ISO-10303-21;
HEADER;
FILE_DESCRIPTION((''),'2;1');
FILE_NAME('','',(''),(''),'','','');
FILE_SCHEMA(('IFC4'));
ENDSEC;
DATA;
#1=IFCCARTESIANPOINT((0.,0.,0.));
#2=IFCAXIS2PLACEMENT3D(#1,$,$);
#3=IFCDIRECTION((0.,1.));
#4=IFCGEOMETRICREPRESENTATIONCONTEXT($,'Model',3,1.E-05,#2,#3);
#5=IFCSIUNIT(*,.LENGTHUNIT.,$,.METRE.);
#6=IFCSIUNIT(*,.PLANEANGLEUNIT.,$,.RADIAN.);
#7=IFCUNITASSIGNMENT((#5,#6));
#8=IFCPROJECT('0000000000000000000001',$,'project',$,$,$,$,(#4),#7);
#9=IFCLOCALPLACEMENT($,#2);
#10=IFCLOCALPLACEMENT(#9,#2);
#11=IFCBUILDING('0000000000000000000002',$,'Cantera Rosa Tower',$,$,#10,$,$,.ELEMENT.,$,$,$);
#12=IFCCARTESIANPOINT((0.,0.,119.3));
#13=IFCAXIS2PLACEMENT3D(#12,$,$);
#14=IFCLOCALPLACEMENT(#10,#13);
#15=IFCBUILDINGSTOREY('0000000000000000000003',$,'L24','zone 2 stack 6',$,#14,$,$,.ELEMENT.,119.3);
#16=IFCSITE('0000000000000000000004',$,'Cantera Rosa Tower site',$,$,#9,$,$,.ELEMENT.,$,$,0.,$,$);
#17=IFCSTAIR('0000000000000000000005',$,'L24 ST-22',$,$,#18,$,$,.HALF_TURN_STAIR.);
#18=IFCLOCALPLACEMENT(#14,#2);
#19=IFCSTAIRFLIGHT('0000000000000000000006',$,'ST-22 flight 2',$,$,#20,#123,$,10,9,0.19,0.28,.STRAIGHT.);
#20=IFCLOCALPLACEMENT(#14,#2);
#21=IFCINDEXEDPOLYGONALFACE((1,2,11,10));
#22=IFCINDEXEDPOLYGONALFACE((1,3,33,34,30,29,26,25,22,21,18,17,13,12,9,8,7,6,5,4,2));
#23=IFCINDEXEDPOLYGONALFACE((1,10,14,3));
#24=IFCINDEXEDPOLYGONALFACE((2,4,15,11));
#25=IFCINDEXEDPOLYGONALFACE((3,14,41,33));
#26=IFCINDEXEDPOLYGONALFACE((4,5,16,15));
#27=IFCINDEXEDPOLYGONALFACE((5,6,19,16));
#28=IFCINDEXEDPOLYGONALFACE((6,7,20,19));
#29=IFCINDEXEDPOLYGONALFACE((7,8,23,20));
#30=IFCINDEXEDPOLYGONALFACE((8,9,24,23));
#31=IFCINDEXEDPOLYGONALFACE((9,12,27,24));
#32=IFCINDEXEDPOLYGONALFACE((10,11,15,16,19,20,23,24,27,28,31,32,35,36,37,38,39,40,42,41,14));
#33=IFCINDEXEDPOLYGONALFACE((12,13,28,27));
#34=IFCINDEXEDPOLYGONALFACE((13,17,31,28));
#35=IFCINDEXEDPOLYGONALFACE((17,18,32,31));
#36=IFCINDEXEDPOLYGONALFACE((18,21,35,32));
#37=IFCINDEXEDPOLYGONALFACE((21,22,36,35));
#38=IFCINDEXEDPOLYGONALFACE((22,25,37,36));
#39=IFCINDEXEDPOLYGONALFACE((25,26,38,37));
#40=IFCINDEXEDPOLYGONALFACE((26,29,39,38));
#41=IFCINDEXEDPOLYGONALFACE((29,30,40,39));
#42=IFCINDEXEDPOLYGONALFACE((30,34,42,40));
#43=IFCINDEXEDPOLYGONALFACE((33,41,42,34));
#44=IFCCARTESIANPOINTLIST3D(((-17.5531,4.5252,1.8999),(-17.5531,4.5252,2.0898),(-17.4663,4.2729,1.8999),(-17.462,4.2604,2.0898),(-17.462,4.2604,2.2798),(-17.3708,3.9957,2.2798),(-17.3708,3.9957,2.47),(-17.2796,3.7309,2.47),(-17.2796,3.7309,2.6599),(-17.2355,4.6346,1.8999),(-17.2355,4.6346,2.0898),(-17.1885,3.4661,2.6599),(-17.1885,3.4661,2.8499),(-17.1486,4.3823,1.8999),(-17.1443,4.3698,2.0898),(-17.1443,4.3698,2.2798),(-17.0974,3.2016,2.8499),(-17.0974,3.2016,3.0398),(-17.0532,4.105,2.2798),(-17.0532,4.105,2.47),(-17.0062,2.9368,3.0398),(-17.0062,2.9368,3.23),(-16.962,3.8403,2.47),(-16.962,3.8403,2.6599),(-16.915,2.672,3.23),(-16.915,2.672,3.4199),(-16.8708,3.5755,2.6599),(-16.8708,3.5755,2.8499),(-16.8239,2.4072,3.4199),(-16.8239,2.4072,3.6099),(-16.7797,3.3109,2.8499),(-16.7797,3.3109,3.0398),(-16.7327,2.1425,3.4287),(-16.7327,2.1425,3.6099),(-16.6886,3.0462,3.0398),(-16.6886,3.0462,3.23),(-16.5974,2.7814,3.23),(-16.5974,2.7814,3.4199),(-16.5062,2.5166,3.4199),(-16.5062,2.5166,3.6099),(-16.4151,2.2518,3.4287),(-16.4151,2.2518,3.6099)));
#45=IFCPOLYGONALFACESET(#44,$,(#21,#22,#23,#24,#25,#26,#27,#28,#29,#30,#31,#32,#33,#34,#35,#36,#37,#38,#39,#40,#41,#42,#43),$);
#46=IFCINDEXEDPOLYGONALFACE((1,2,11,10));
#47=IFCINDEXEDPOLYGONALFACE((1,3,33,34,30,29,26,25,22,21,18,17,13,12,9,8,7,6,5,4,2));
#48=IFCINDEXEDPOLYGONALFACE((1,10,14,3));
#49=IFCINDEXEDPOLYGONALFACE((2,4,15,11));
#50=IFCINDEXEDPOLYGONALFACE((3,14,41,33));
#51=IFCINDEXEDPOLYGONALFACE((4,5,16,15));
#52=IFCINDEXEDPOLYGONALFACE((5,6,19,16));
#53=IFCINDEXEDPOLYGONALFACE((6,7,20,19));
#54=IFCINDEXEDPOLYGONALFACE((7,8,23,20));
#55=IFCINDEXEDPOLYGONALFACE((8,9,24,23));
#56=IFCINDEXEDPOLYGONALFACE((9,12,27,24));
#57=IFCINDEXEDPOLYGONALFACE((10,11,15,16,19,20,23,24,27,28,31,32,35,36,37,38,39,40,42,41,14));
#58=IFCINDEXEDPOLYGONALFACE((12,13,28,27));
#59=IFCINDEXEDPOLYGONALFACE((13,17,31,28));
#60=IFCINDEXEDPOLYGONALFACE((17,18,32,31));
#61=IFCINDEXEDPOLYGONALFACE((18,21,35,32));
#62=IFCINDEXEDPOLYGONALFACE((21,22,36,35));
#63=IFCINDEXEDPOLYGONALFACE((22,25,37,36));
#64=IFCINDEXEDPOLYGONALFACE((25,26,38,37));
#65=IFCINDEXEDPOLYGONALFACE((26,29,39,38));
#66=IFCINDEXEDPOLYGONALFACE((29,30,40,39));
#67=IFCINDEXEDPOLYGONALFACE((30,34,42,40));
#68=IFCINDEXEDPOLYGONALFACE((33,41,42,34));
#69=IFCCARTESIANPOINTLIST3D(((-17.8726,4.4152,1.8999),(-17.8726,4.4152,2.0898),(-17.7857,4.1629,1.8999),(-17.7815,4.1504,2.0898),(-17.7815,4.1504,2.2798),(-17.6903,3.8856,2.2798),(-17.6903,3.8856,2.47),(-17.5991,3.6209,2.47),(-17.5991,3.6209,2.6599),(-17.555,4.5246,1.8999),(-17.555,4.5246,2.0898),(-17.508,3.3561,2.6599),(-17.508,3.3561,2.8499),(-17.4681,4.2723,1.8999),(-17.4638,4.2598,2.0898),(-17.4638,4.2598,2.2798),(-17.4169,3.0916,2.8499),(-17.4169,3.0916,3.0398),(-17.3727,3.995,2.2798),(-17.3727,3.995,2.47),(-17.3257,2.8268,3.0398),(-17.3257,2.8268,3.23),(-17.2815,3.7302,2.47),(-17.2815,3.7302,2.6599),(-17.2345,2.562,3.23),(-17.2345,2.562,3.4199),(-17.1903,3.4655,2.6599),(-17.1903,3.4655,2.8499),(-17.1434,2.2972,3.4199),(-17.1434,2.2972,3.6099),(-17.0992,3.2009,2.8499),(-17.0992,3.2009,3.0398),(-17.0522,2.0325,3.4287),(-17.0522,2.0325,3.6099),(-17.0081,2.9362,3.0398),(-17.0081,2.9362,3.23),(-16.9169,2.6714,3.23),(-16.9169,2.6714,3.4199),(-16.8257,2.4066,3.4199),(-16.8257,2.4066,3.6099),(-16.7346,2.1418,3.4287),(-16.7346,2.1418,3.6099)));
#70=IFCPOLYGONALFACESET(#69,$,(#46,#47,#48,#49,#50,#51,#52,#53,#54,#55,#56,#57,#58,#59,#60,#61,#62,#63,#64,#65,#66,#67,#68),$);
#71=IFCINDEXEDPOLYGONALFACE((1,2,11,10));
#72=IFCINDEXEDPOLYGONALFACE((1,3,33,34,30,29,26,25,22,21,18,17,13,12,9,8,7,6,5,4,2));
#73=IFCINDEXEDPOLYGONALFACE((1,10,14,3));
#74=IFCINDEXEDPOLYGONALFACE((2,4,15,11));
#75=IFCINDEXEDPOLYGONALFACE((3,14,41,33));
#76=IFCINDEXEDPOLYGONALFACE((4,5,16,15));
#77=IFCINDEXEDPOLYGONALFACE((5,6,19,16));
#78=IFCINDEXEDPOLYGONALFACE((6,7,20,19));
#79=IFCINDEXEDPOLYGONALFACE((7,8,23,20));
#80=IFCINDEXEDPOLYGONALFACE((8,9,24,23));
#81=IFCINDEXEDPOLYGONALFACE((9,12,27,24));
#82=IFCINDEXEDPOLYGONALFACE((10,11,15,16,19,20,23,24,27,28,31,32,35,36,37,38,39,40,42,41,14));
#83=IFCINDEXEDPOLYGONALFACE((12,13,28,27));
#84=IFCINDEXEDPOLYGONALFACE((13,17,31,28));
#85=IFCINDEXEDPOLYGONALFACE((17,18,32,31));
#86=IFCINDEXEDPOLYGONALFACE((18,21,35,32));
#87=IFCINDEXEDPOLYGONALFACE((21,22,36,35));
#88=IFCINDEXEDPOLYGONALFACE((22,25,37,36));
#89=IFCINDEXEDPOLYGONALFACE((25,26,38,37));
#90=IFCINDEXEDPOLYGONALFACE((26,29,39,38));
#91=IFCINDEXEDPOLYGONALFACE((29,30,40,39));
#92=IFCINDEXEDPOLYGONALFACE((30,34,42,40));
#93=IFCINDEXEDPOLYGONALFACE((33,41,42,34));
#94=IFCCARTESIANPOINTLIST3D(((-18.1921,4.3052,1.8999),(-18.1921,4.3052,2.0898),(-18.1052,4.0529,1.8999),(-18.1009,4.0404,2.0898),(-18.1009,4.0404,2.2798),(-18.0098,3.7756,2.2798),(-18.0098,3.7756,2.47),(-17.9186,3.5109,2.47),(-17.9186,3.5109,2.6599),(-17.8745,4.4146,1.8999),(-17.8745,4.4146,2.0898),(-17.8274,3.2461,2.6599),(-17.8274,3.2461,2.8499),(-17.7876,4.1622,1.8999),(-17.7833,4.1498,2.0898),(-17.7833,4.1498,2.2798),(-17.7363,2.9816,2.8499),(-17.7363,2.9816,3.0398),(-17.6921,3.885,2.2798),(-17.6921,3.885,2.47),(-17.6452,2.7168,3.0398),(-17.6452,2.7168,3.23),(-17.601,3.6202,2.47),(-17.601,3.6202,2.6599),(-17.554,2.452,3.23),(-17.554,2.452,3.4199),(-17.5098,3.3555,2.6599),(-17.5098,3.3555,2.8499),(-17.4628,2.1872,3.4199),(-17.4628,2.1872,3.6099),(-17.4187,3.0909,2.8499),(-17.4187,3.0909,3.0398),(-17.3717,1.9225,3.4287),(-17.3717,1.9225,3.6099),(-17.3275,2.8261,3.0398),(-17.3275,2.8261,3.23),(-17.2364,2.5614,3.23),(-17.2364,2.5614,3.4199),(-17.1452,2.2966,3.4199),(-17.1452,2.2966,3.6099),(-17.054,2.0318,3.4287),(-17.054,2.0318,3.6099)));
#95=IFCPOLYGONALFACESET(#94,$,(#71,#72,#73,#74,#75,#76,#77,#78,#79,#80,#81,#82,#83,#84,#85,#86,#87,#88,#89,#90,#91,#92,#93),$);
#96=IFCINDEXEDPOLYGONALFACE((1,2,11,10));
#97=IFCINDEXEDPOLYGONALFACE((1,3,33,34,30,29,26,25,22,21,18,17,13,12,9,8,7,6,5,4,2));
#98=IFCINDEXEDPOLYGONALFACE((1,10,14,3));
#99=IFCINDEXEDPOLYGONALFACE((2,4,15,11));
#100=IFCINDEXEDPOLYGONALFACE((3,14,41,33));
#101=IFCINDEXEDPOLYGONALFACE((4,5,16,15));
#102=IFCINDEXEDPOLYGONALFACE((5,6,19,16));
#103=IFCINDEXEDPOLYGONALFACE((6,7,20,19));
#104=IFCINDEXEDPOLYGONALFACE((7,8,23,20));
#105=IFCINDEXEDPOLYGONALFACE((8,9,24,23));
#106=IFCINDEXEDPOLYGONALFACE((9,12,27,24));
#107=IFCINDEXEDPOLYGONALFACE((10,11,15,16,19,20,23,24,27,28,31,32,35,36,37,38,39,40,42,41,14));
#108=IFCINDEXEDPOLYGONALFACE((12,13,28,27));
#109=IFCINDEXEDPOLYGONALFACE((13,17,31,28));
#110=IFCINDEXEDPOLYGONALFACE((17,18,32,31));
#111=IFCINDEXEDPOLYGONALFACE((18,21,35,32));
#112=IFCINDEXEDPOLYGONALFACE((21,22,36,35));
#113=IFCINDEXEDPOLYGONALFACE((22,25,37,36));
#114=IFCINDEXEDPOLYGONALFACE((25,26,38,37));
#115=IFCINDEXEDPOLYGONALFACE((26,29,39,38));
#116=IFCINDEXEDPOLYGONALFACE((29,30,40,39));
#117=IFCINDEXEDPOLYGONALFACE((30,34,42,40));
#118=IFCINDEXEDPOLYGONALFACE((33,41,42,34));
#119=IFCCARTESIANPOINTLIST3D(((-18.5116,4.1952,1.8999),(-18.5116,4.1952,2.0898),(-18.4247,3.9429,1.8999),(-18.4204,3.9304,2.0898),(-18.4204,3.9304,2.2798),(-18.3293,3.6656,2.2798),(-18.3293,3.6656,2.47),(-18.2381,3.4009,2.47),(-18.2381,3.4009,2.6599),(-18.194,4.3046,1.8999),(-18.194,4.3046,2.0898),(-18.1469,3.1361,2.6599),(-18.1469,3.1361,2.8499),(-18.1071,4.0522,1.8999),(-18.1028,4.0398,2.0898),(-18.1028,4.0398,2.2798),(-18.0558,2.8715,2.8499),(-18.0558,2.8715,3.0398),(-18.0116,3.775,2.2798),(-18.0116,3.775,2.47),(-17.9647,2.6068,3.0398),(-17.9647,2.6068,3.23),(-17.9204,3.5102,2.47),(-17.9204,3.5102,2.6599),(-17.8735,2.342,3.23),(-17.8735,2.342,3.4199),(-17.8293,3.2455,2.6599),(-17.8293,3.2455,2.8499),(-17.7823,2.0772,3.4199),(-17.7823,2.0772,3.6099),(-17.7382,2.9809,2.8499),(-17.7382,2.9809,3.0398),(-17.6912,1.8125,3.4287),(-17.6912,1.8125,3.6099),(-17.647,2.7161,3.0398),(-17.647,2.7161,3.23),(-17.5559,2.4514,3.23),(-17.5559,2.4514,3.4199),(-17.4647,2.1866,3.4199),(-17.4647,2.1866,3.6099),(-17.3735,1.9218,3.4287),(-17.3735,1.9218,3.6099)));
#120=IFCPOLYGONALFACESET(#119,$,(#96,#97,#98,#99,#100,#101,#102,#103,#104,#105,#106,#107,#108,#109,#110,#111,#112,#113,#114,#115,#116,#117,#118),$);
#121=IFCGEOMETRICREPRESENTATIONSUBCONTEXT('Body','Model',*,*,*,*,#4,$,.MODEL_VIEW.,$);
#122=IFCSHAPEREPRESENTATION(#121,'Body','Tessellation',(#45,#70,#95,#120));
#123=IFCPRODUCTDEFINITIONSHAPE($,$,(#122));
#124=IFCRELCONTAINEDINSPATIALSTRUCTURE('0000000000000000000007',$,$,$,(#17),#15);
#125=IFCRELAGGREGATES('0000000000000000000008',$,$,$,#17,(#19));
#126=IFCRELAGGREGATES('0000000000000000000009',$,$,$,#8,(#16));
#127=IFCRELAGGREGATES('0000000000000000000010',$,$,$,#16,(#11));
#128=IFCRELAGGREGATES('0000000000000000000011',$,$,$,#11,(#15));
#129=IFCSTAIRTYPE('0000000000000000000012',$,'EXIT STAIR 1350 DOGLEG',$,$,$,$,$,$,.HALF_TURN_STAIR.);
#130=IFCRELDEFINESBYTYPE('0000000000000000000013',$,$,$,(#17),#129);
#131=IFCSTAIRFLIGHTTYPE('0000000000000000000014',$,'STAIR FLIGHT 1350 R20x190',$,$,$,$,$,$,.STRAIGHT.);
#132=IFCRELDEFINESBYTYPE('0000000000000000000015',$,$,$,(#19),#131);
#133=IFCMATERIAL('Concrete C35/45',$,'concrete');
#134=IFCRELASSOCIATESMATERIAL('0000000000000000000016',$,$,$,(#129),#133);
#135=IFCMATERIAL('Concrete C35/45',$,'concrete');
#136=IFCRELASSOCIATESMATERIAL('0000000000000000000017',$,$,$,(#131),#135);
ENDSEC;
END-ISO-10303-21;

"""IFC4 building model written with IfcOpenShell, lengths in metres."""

from ifc_helpers import new_model, si_unit, direction, frame, origin, place, context, subcontext, project, spatial, polyline, outline, extrude, material, type_object, element, aggregate, save


model = new_model("IFC4")

# Units and contexts
model_context = context("Model", 3, precision=1e-05, world=origin(), true_north=direction((0.0, 1.0)))
body_context = subcontext(model_context, "Body", "Model", "MODEL_VIEW")
ifc_project = project(units=[si_unit("LENGTHUNIT", "METRE"), si_unit("PLANEANGLEUNIT", "RADIAN")], contexts=[model_context])

# Site, building, storey
site_placement = place(None, origin())
site = spatial("IfcSite", under=ifc_project, at=site_placement, Name="Cantera Rosa Tower site", CompositionType="ELEMENT", RefElevation=0.0)
building_placement = place(site_placement, origin())
building = spatial("IfcBuilding", under=site, at=building_placement, Name="Cantera Rosa Tower", CompositionType="ELEMENT")
storey_placement = place(building_placement, frame((0.0, 0.0, 119.3)))
storey = spatial("IfcBuildingStorey", under=building, at=storey_placement, Name="L24", Description="zone 2 stack 6", CompositionType="ELEMENT", Elevation=119.3)

# Stair, stair flight
ifc_material_1 = material(Name="Concrete C35/45", Category="concrete")
stair_type = type_object("IfcStairType", Name="EXIT STAIR 1350 DOGLEG", PredefinedType="HALF_TURN_STAIR", material=ifc_material_1)
stair_placement = place(storey_placement, origin())
stair = element("IfcStair", 1, at=stair_placement, inside=storey, type_object=stair_type, Name="L24 ST-22", PredefinedType="HALF_TURN_STAIR")
ifc_material_2 = material(Name="Concrete C35/45", Category="concrete")
stair_flight_type = type_object("IfcStairFlightType", Name="STAIR FLIGHT 1350 R20x190", PredefinedType="STRAIGHT", material=ifc_material_2)
stair_flight_1_placement = place(storey_placement, frame((-17.8738, 4.4148, 1.8999), z_axis=(0.0, 0.0, 1.0), x_axis=(0.325568, -0.945519, 0.0)))
stair_flight_1 = element("IfcStairFlight", 2, at=stair_flight_1_placement, type_object=stair_flight_type, Name="ST-22 flight 2", NumberOfRisers=10, NumberOfTreads=9, PredefinedType="STRAIGHT", RiserHeight=0.19, TreadLength=0.28, context=body_context, shape_type="SweptSolid", body=[
    extrude(outline(polyline([(0.0, 0.0), (0.0, 0.1899), (0.28, 0.1899), (0.28, 0.3799), (0.5601, 0.3799), (0.5601, 0.5701), (0.8401, 0.5701), (0.8401, 0.76), (1.1201, 0.76), (1.1201, 0.95), (1.3999, 0.95), (1.3999, 1.1399), (1.6799, 1.1399), (1.6799, 1.3301), (1.96, 1.3301), (1.96, 1.52), (2.24, 1.52), (2.24, 1.71), (2.52, 1.71), (2.52, 1.8999), (2.52, 1.5288), (0.2668, 0.0), (0.0, 0.0)])), frame((0.0, 0.675, 0.0), z_axis=(0.0, -1.0, 0.0), x_axis=(1.0, 0.0, 0.0)), (0.0, 0.0, 1.0), 0.3359),
    extrude(outline(polyline([(0.0, 0.0), (0.0, 0.1899), (0.28, 0.1899), (0.28, 0.3799), (0.5601, 0.3799), (0.5601, 0.5701), (0.8401, 0.5701), (0.8401, 0.76), (1.1201, 0.76), (1.1201, 0.95), (1.3999, 0.95), (1.3999, 1.1399), (1.6799, 1.1399), (1.6799, 1.3301), (1.96, 1.3301), (1.96, 1.52), (2.24, 1.52), (2.24, 1.71), (2.52, 1.71), (2.52, 1.8999), (2.52, 1.5288), (0.2668, 0.0), (0.0, 0.0)])), frame((0.0, 0.3372, 0.0), z_axis=(0.0, -1.0, 0.0), x_axis=(1.0, 0.0, 0.0)), (0.0, 0.0, 1.0), 0.3359),
    extrude(outline(polyline([(0.0, 0.0), (0.0, 0.1899), (0.28, 0.1899), (0.28, 0.3799), (0.5601, 0.3799), (0.5601, 0.5701), (0.8401, 0.5701), (0.8401, 0.76), (1.1201, 0.76), (1.1201, 0.95), (1.3999, 0.95), (1.3999, 1.1399), (1.6799, 1.1399), (1.6799, 1.3301), (1.96, 1.3301), (1.96, 1.52), (2.24, 1.52), (2.24, 1.71), (2.52, 1.71), (2.52, 1.8999), (2.52, 1.5288), (0.2668, 0.0), (0.0, 0.0)])), frame((0.0, -0.0007, 0.0), z_axis=(0.0, -1.0, 0.0), x_axis=(1.0, 0.0, 0.0)), (0.0, 0.0, 1.0), 0.3359),
    extrude(outline(polyline([(0.0, 0.0), (0.0, 0.1899), (0.28, 0.1899), (0.28, 0.3799), (0.5601, 0.3799), (0.5601, 0.5701), (0.8401, 0.5701), (0.8401, 0.76), (1.1201, 0.76), (1.1201, 0.95), (1.3999, 0.95), (1.3999, 1.1399), (1.6799, 1.1399), (1.6799, 1.3301), (1.96, 1.3301), (1.96, 1.52), (2.24, 1.52), (2.24, 1.71), (2.52, 1.71), (2.52, 1.8999), (2.52, 1.5288), (0.2668, 0.0), (0.0, 0.0)])), frame((0.0, -0.3386, 0.0), z_axis=(0.0, -1.0, 0.0), x_axis=(1.0, 0.0, 0.0)), (0.0, 0.0, 1.0), 0.3359),
])
aggregate(stair, [stair_flight_1])

save(model, "model.ifc")
